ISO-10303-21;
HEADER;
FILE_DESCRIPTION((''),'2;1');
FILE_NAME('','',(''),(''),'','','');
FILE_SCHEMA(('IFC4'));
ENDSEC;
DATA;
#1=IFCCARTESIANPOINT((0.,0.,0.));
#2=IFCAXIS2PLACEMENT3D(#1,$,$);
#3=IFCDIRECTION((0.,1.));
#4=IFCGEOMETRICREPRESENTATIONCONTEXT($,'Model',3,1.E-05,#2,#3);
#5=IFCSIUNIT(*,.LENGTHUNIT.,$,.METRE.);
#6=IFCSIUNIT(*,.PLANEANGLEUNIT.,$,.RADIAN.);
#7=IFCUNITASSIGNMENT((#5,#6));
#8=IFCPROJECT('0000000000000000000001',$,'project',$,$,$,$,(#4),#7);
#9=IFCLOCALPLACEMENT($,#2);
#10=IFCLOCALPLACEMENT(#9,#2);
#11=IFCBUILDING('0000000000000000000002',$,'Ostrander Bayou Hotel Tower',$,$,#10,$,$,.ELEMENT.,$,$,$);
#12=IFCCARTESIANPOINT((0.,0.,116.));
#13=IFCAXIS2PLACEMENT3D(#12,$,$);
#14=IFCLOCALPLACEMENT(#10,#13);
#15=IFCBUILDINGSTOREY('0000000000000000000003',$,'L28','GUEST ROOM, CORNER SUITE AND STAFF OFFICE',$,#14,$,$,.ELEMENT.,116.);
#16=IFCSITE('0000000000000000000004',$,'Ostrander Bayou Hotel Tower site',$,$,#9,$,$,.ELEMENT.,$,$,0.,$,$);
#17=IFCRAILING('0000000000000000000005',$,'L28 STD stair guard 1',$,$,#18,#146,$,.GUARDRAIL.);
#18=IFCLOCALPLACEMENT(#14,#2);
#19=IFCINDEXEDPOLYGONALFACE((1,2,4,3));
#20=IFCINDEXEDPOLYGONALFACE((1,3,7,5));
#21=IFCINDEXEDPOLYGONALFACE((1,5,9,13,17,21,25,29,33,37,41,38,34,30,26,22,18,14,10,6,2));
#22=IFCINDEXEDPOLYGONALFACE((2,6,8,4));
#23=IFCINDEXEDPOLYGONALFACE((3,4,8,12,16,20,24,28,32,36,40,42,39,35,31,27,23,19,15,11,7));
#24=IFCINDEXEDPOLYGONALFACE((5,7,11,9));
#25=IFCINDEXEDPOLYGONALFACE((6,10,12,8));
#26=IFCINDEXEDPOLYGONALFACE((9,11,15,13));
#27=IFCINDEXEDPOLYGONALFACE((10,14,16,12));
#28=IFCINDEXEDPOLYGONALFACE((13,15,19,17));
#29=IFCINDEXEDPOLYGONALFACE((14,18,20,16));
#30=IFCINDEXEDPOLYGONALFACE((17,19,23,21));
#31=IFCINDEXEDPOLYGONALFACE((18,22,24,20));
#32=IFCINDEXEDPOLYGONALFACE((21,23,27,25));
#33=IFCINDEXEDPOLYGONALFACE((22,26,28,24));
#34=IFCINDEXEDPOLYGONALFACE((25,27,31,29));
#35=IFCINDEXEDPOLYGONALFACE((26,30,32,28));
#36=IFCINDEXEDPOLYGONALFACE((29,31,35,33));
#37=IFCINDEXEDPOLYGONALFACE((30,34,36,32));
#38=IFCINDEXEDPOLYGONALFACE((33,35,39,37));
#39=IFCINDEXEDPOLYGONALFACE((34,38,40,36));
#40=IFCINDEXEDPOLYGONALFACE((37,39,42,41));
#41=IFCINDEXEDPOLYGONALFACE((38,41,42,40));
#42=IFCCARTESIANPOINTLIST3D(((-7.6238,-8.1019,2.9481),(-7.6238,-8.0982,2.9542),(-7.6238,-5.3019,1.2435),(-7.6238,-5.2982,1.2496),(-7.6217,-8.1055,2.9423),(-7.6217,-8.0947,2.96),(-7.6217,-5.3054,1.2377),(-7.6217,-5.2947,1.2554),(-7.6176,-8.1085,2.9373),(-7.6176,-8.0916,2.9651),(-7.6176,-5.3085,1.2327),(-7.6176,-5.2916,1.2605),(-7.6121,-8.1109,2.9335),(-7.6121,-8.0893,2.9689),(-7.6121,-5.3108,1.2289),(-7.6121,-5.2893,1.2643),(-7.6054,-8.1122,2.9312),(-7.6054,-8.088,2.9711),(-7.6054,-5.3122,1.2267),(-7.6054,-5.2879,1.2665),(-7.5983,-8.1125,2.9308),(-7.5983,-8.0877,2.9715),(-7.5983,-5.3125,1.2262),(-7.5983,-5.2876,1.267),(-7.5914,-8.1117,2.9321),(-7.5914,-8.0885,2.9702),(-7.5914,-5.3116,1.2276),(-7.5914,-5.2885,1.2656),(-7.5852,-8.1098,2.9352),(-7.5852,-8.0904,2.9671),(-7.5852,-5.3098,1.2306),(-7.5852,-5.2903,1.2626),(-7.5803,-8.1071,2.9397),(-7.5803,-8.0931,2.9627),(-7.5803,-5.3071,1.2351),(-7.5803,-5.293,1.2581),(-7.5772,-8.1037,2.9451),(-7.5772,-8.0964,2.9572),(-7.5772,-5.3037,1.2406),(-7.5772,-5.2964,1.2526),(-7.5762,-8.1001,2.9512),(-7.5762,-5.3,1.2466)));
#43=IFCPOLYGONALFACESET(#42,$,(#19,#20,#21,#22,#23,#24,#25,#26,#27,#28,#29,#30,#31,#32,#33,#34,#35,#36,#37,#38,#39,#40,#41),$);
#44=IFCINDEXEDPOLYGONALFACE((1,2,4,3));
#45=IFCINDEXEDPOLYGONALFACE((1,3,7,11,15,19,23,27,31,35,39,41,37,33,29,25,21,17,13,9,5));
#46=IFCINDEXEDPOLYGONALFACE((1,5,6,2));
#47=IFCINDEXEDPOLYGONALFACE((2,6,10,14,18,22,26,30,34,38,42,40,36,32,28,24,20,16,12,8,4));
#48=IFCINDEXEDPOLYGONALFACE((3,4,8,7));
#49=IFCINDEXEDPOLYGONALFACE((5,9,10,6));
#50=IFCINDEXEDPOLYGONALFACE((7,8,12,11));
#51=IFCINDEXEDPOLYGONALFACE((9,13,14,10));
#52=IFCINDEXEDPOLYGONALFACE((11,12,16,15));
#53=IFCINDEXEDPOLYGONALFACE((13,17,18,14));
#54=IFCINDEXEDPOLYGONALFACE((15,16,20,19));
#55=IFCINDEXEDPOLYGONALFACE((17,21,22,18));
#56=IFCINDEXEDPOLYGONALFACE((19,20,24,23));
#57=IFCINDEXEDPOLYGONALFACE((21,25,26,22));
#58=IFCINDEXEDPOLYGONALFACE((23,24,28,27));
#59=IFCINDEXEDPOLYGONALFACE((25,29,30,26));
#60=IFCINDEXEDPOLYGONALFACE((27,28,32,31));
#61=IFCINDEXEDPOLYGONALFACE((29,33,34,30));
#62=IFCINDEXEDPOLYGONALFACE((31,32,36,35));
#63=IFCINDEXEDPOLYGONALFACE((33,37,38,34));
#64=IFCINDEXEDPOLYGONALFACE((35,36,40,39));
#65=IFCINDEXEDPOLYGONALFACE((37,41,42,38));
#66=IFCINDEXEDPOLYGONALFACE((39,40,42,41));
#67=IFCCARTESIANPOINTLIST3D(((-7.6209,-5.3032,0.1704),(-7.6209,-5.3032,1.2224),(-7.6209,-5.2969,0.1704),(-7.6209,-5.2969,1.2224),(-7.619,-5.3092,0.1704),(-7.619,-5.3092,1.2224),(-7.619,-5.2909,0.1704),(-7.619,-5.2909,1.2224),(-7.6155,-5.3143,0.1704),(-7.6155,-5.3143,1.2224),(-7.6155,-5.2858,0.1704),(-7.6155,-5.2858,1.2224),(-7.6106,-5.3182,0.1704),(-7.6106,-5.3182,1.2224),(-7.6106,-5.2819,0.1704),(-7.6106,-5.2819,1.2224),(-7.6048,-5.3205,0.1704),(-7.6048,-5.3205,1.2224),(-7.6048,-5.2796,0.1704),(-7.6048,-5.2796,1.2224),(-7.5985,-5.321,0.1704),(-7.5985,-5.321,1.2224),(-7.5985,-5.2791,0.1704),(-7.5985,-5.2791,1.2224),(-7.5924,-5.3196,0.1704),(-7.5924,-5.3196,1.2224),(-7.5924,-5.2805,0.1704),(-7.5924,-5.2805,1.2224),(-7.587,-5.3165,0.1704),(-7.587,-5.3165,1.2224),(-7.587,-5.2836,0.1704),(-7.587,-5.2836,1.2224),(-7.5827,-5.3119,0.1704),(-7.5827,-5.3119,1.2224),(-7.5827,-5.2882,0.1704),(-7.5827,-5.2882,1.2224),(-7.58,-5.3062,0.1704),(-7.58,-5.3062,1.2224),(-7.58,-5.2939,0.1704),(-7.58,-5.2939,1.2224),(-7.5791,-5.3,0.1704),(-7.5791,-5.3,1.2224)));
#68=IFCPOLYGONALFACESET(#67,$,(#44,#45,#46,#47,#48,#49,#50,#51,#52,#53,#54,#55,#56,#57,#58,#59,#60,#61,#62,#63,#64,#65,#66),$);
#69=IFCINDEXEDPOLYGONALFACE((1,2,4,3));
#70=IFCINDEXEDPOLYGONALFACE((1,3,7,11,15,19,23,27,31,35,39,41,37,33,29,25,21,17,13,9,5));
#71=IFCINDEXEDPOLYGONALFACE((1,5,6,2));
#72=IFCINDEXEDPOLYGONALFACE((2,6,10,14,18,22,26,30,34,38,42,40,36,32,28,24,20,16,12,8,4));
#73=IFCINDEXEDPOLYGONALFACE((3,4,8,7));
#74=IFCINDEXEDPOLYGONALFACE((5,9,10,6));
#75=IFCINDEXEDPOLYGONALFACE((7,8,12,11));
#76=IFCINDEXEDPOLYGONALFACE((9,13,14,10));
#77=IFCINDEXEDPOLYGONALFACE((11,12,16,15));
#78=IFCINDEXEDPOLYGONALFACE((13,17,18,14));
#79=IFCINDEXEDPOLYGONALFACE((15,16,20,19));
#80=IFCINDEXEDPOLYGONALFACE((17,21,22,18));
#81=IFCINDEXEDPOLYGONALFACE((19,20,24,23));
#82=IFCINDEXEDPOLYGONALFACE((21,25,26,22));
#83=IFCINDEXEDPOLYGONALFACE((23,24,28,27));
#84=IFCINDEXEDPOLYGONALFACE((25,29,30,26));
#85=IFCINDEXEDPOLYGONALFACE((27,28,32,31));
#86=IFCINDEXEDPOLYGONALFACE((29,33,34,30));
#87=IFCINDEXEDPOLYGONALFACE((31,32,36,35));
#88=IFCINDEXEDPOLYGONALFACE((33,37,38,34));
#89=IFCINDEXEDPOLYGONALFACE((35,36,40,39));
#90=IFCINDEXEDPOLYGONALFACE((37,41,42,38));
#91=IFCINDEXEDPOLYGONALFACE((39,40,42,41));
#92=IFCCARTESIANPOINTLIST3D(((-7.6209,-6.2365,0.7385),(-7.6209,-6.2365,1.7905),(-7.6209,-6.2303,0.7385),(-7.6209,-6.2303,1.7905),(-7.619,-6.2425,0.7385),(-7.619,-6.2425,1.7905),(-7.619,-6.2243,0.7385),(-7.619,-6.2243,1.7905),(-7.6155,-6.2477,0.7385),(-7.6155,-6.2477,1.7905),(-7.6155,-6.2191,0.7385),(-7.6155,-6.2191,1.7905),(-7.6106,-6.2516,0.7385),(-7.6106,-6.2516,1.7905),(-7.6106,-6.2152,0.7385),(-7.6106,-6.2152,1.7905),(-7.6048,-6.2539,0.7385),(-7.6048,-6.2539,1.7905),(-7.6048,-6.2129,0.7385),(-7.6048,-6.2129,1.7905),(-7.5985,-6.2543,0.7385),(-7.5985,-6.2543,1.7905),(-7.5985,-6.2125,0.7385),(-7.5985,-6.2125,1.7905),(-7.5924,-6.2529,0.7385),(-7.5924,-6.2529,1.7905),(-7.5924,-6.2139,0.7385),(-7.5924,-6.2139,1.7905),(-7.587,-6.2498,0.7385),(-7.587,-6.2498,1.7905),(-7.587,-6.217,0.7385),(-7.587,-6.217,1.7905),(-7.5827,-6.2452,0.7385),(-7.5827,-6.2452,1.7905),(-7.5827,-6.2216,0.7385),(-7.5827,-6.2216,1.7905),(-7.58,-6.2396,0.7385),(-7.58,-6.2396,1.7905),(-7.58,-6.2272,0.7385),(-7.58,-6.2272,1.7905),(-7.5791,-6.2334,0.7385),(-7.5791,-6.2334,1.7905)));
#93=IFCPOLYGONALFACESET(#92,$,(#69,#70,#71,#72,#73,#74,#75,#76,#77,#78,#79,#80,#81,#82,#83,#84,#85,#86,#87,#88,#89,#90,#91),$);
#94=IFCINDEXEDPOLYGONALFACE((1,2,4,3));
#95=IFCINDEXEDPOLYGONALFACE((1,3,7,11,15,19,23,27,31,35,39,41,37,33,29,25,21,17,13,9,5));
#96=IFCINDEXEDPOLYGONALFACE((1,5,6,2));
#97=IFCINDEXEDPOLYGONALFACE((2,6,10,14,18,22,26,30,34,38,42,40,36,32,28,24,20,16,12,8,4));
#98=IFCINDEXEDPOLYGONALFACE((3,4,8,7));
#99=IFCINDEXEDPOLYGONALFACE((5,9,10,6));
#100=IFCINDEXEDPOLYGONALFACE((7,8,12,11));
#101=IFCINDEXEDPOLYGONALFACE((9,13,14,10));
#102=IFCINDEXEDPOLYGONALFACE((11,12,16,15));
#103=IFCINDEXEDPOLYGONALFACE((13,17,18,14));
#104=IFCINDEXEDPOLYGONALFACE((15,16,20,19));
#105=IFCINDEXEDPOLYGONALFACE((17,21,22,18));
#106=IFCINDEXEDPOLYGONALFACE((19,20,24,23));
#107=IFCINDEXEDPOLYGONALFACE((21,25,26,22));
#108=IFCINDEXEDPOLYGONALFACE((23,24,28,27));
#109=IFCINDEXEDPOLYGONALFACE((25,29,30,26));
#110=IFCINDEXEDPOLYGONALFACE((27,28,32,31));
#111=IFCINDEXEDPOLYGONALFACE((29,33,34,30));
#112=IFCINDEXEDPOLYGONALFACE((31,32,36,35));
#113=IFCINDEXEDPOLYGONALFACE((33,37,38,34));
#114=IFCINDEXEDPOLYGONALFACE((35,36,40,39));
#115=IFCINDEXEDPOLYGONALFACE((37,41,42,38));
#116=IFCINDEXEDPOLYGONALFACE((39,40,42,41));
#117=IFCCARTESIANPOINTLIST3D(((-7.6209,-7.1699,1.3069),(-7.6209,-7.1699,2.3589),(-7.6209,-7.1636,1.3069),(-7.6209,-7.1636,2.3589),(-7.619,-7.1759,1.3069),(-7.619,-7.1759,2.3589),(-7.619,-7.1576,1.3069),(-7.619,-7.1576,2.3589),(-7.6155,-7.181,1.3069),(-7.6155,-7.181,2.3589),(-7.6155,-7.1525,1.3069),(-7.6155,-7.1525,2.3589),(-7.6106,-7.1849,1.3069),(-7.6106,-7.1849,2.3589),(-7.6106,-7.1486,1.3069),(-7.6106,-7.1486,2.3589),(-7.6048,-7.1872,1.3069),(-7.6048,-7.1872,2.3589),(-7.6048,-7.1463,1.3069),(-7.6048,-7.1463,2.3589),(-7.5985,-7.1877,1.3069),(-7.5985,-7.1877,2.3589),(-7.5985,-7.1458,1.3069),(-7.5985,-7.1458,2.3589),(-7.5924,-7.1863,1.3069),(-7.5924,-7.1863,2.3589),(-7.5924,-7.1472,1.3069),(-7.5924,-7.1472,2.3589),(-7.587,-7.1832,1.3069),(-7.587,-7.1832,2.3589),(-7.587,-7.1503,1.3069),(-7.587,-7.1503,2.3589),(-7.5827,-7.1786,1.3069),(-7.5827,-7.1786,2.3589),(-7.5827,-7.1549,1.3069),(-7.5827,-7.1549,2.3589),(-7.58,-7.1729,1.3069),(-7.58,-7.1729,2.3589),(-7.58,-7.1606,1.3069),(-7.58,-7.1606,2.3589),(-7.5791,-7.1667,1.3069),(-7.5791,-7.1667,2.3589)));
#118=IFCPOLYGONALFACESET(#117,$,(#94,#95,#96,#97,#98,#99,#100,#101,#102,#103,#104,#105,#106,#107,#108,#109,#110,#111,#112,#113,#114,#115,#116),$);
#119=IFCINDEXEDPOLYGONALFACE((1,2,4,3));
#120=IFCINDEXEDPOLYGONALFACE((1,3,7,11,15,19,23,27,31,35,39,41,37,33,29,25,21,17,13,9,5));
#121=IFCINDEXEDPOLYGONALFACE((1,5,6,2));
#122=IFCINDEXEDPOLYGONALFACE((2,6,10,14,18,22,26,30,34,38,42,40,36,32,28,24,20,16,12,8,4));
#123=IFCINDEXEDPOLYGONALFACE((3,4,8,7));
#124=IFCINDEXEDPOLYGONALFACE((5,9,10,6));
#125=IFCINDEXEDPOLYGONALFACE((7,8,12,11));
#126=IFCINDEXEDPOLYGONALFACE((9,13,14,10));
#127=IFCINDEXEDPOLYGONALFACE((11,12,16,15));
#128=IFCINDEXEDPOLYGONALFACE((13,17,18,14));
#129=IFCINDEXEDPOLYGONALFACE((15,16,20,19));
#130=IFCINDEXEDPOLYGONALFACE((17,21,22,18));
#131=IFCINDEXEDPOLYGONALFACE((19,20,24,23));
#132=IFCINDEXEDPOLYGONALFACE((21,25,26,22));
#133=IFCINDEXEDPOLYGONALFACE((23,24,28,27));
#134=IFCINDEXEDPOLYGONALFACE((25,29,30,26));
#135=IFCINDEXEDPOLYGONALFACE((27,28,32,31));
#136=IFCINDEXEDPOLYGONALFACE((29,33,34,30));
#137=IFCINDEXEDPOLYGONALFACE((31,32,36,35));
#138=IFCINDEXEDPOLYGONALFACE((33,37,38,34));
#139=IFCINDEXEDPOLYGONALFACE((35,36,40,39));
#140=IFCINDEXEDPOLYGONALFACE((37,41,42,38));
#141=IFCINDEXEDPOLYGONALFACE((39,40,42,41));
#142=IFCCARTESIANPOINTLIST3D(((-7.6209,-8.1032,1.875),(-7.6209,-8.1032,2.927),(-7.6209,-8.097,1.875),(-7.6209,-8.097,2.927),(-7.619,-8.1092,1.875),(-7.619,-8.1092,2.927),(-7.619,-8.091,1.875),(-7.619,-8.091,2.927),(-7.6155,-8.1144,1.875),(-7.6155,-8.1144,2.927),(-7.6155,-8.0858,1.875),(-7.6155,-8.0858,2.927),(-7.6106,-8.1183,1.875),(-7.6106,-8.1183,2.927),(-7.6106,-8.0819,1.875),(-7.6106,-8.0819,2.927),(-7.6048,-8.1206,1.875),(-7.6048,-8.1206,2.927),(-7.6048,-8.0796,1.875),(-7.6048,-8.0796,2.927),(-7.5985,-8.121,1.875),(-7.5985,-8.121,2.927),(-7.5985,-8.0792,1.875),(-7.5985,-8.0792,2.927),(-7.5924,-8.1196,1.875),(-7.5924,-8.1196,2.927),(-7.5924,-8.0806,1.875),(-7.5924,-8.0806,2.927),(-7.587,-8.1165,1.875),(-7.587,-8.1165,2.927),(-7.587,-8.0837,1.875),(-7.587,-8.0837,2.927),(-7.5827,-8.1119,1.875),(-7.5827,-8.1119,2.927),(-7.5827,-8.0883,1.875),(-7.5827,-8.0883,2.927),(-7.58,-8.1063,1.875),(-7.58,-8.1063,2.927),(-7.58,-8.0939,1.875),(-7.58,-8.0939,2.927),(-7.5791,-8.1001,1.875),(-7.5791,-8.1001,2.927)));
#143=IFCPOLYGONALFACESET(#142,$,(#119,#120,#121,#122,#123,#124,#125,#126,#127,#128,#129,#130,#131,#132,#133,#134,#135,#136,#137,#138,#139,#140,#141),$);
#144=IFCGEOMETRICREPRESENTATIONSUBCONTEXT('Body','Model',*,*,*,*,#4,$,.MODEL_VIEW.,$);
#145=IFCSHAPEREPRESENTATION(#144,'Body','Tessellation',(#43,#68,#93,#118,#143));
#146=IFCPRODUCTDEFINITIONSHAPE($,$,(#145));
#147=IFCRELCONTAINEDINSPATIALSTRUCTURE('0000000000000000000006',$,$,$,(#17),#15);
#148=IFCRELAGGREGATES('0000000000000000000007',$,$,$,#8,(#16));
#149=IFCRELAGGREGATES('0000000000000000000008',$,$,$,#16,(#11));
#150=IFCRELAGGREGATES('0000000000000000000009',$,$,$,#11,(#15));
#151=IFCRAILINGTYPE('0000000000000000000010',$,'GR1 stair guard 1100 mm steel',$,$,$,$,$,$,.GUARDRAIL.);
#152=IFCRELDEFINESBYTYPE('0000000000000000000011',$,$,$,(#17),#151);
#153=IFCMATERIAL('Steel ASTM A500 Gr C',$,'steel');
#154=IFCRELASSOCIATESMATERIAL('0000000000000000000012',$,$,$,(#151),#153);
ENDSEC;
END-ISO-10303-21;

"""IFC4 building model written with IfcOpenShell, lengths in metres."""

from ifc_helpers import new_model, si_unit, direction, frame, origin, origin_2d, place, context, subcontext, project, spatial, circle, extrude, material, type_object, element, save


model = new_model("IFC4")

# Units and contexts
model_context = context("Model", 3, precision=1e-05, world=origin(), true_north=direction((0.0, 1.0)))
body_context = subcontext(model_context, "Body", "Model", "MODEL_VIEW")
ifc_project = project(units=[si_unit("LENGTHUNIT", "METRE"), si_unit("PLANEANGLEUNIT", "RADIAN")], contexts=[model_context])

# Site, building, storey
site_placement = place(None, origin())
site = spatial("IfcSite", under=ifc_project, at=site_placement, Name="Ostrander Bayou Hotel Tower site", CompositionType="ELEMENT", RefElevation=0.0)
building_placement = place(site_placement, origin())
building = spatial("IfcBuilding", under=site, at=building_placement, Name="Ostrander Bayou Hotel Tower", CompositionType="ELEMENT")
storey_placement = place(building_placement, frame((0.0, 0.0, 116.0)))
storey = spatial("IfcBuildingStorey", under=building, at=storey_placement, Name="L28", Description="GUEST ROOM, CORNER SUITE AND STAFF OFFICE", CompositionType="ELEMENT", Elevation=116.0)

# Railing
ifc_material_1 = material(Name="Steel ASTM A500 Gr C", Category="steel")
railing_type_1 = type_object("IfcRailingType", Name="GR1 stair guard 1100 mm steel", PredefinedType="GUARDRAIL", material=ifc_material_1)
railing_1_placement = place(storey_placement, frame((-7.6001, -5.3, 0.1704)))
element("IfcRailing", 1, at=railing_1_placement, inside=storey, type_object=railing_type_1, Name="L28 STD stair guard 1", PredefinedType="GUARDRAIL", context=body_context, shape_type="SweptSolid", body=[
    extrude(circle(Radius=0.0239, at=origin_2d()), frame((0.0, 0.0, 1.0762), z_axis=(0.0, -0.85417, 0.519994), x_axis=(1.0, 0.0, 0.0)), (0.0, 0.0, 1.0), 3.2781),
    extrude(circle(Radius=0.021, at=origin_2d()), origin(), (0.0, 0.0, 1.0), 1.052),
    extrude(circle(Radius=0.021, at=origin_2d()), frame((0.0, -0.9333, 0.5681)), (0.0, 0.0, 1.0), 1.052),
    extrude(circle(Radius=0.021, at=origin_2d()), frame((0.0, -1.8667, 1.1365)), (0.0, 0.0, 1.0), 1.052),
    extrude(circle(Radius=0.021, at=origin_2d()), frame((0.0, -2.8, 1.7046)), (0.0, 0.0, 1.0), 1.052),
])

save(model, "model.ifc")
